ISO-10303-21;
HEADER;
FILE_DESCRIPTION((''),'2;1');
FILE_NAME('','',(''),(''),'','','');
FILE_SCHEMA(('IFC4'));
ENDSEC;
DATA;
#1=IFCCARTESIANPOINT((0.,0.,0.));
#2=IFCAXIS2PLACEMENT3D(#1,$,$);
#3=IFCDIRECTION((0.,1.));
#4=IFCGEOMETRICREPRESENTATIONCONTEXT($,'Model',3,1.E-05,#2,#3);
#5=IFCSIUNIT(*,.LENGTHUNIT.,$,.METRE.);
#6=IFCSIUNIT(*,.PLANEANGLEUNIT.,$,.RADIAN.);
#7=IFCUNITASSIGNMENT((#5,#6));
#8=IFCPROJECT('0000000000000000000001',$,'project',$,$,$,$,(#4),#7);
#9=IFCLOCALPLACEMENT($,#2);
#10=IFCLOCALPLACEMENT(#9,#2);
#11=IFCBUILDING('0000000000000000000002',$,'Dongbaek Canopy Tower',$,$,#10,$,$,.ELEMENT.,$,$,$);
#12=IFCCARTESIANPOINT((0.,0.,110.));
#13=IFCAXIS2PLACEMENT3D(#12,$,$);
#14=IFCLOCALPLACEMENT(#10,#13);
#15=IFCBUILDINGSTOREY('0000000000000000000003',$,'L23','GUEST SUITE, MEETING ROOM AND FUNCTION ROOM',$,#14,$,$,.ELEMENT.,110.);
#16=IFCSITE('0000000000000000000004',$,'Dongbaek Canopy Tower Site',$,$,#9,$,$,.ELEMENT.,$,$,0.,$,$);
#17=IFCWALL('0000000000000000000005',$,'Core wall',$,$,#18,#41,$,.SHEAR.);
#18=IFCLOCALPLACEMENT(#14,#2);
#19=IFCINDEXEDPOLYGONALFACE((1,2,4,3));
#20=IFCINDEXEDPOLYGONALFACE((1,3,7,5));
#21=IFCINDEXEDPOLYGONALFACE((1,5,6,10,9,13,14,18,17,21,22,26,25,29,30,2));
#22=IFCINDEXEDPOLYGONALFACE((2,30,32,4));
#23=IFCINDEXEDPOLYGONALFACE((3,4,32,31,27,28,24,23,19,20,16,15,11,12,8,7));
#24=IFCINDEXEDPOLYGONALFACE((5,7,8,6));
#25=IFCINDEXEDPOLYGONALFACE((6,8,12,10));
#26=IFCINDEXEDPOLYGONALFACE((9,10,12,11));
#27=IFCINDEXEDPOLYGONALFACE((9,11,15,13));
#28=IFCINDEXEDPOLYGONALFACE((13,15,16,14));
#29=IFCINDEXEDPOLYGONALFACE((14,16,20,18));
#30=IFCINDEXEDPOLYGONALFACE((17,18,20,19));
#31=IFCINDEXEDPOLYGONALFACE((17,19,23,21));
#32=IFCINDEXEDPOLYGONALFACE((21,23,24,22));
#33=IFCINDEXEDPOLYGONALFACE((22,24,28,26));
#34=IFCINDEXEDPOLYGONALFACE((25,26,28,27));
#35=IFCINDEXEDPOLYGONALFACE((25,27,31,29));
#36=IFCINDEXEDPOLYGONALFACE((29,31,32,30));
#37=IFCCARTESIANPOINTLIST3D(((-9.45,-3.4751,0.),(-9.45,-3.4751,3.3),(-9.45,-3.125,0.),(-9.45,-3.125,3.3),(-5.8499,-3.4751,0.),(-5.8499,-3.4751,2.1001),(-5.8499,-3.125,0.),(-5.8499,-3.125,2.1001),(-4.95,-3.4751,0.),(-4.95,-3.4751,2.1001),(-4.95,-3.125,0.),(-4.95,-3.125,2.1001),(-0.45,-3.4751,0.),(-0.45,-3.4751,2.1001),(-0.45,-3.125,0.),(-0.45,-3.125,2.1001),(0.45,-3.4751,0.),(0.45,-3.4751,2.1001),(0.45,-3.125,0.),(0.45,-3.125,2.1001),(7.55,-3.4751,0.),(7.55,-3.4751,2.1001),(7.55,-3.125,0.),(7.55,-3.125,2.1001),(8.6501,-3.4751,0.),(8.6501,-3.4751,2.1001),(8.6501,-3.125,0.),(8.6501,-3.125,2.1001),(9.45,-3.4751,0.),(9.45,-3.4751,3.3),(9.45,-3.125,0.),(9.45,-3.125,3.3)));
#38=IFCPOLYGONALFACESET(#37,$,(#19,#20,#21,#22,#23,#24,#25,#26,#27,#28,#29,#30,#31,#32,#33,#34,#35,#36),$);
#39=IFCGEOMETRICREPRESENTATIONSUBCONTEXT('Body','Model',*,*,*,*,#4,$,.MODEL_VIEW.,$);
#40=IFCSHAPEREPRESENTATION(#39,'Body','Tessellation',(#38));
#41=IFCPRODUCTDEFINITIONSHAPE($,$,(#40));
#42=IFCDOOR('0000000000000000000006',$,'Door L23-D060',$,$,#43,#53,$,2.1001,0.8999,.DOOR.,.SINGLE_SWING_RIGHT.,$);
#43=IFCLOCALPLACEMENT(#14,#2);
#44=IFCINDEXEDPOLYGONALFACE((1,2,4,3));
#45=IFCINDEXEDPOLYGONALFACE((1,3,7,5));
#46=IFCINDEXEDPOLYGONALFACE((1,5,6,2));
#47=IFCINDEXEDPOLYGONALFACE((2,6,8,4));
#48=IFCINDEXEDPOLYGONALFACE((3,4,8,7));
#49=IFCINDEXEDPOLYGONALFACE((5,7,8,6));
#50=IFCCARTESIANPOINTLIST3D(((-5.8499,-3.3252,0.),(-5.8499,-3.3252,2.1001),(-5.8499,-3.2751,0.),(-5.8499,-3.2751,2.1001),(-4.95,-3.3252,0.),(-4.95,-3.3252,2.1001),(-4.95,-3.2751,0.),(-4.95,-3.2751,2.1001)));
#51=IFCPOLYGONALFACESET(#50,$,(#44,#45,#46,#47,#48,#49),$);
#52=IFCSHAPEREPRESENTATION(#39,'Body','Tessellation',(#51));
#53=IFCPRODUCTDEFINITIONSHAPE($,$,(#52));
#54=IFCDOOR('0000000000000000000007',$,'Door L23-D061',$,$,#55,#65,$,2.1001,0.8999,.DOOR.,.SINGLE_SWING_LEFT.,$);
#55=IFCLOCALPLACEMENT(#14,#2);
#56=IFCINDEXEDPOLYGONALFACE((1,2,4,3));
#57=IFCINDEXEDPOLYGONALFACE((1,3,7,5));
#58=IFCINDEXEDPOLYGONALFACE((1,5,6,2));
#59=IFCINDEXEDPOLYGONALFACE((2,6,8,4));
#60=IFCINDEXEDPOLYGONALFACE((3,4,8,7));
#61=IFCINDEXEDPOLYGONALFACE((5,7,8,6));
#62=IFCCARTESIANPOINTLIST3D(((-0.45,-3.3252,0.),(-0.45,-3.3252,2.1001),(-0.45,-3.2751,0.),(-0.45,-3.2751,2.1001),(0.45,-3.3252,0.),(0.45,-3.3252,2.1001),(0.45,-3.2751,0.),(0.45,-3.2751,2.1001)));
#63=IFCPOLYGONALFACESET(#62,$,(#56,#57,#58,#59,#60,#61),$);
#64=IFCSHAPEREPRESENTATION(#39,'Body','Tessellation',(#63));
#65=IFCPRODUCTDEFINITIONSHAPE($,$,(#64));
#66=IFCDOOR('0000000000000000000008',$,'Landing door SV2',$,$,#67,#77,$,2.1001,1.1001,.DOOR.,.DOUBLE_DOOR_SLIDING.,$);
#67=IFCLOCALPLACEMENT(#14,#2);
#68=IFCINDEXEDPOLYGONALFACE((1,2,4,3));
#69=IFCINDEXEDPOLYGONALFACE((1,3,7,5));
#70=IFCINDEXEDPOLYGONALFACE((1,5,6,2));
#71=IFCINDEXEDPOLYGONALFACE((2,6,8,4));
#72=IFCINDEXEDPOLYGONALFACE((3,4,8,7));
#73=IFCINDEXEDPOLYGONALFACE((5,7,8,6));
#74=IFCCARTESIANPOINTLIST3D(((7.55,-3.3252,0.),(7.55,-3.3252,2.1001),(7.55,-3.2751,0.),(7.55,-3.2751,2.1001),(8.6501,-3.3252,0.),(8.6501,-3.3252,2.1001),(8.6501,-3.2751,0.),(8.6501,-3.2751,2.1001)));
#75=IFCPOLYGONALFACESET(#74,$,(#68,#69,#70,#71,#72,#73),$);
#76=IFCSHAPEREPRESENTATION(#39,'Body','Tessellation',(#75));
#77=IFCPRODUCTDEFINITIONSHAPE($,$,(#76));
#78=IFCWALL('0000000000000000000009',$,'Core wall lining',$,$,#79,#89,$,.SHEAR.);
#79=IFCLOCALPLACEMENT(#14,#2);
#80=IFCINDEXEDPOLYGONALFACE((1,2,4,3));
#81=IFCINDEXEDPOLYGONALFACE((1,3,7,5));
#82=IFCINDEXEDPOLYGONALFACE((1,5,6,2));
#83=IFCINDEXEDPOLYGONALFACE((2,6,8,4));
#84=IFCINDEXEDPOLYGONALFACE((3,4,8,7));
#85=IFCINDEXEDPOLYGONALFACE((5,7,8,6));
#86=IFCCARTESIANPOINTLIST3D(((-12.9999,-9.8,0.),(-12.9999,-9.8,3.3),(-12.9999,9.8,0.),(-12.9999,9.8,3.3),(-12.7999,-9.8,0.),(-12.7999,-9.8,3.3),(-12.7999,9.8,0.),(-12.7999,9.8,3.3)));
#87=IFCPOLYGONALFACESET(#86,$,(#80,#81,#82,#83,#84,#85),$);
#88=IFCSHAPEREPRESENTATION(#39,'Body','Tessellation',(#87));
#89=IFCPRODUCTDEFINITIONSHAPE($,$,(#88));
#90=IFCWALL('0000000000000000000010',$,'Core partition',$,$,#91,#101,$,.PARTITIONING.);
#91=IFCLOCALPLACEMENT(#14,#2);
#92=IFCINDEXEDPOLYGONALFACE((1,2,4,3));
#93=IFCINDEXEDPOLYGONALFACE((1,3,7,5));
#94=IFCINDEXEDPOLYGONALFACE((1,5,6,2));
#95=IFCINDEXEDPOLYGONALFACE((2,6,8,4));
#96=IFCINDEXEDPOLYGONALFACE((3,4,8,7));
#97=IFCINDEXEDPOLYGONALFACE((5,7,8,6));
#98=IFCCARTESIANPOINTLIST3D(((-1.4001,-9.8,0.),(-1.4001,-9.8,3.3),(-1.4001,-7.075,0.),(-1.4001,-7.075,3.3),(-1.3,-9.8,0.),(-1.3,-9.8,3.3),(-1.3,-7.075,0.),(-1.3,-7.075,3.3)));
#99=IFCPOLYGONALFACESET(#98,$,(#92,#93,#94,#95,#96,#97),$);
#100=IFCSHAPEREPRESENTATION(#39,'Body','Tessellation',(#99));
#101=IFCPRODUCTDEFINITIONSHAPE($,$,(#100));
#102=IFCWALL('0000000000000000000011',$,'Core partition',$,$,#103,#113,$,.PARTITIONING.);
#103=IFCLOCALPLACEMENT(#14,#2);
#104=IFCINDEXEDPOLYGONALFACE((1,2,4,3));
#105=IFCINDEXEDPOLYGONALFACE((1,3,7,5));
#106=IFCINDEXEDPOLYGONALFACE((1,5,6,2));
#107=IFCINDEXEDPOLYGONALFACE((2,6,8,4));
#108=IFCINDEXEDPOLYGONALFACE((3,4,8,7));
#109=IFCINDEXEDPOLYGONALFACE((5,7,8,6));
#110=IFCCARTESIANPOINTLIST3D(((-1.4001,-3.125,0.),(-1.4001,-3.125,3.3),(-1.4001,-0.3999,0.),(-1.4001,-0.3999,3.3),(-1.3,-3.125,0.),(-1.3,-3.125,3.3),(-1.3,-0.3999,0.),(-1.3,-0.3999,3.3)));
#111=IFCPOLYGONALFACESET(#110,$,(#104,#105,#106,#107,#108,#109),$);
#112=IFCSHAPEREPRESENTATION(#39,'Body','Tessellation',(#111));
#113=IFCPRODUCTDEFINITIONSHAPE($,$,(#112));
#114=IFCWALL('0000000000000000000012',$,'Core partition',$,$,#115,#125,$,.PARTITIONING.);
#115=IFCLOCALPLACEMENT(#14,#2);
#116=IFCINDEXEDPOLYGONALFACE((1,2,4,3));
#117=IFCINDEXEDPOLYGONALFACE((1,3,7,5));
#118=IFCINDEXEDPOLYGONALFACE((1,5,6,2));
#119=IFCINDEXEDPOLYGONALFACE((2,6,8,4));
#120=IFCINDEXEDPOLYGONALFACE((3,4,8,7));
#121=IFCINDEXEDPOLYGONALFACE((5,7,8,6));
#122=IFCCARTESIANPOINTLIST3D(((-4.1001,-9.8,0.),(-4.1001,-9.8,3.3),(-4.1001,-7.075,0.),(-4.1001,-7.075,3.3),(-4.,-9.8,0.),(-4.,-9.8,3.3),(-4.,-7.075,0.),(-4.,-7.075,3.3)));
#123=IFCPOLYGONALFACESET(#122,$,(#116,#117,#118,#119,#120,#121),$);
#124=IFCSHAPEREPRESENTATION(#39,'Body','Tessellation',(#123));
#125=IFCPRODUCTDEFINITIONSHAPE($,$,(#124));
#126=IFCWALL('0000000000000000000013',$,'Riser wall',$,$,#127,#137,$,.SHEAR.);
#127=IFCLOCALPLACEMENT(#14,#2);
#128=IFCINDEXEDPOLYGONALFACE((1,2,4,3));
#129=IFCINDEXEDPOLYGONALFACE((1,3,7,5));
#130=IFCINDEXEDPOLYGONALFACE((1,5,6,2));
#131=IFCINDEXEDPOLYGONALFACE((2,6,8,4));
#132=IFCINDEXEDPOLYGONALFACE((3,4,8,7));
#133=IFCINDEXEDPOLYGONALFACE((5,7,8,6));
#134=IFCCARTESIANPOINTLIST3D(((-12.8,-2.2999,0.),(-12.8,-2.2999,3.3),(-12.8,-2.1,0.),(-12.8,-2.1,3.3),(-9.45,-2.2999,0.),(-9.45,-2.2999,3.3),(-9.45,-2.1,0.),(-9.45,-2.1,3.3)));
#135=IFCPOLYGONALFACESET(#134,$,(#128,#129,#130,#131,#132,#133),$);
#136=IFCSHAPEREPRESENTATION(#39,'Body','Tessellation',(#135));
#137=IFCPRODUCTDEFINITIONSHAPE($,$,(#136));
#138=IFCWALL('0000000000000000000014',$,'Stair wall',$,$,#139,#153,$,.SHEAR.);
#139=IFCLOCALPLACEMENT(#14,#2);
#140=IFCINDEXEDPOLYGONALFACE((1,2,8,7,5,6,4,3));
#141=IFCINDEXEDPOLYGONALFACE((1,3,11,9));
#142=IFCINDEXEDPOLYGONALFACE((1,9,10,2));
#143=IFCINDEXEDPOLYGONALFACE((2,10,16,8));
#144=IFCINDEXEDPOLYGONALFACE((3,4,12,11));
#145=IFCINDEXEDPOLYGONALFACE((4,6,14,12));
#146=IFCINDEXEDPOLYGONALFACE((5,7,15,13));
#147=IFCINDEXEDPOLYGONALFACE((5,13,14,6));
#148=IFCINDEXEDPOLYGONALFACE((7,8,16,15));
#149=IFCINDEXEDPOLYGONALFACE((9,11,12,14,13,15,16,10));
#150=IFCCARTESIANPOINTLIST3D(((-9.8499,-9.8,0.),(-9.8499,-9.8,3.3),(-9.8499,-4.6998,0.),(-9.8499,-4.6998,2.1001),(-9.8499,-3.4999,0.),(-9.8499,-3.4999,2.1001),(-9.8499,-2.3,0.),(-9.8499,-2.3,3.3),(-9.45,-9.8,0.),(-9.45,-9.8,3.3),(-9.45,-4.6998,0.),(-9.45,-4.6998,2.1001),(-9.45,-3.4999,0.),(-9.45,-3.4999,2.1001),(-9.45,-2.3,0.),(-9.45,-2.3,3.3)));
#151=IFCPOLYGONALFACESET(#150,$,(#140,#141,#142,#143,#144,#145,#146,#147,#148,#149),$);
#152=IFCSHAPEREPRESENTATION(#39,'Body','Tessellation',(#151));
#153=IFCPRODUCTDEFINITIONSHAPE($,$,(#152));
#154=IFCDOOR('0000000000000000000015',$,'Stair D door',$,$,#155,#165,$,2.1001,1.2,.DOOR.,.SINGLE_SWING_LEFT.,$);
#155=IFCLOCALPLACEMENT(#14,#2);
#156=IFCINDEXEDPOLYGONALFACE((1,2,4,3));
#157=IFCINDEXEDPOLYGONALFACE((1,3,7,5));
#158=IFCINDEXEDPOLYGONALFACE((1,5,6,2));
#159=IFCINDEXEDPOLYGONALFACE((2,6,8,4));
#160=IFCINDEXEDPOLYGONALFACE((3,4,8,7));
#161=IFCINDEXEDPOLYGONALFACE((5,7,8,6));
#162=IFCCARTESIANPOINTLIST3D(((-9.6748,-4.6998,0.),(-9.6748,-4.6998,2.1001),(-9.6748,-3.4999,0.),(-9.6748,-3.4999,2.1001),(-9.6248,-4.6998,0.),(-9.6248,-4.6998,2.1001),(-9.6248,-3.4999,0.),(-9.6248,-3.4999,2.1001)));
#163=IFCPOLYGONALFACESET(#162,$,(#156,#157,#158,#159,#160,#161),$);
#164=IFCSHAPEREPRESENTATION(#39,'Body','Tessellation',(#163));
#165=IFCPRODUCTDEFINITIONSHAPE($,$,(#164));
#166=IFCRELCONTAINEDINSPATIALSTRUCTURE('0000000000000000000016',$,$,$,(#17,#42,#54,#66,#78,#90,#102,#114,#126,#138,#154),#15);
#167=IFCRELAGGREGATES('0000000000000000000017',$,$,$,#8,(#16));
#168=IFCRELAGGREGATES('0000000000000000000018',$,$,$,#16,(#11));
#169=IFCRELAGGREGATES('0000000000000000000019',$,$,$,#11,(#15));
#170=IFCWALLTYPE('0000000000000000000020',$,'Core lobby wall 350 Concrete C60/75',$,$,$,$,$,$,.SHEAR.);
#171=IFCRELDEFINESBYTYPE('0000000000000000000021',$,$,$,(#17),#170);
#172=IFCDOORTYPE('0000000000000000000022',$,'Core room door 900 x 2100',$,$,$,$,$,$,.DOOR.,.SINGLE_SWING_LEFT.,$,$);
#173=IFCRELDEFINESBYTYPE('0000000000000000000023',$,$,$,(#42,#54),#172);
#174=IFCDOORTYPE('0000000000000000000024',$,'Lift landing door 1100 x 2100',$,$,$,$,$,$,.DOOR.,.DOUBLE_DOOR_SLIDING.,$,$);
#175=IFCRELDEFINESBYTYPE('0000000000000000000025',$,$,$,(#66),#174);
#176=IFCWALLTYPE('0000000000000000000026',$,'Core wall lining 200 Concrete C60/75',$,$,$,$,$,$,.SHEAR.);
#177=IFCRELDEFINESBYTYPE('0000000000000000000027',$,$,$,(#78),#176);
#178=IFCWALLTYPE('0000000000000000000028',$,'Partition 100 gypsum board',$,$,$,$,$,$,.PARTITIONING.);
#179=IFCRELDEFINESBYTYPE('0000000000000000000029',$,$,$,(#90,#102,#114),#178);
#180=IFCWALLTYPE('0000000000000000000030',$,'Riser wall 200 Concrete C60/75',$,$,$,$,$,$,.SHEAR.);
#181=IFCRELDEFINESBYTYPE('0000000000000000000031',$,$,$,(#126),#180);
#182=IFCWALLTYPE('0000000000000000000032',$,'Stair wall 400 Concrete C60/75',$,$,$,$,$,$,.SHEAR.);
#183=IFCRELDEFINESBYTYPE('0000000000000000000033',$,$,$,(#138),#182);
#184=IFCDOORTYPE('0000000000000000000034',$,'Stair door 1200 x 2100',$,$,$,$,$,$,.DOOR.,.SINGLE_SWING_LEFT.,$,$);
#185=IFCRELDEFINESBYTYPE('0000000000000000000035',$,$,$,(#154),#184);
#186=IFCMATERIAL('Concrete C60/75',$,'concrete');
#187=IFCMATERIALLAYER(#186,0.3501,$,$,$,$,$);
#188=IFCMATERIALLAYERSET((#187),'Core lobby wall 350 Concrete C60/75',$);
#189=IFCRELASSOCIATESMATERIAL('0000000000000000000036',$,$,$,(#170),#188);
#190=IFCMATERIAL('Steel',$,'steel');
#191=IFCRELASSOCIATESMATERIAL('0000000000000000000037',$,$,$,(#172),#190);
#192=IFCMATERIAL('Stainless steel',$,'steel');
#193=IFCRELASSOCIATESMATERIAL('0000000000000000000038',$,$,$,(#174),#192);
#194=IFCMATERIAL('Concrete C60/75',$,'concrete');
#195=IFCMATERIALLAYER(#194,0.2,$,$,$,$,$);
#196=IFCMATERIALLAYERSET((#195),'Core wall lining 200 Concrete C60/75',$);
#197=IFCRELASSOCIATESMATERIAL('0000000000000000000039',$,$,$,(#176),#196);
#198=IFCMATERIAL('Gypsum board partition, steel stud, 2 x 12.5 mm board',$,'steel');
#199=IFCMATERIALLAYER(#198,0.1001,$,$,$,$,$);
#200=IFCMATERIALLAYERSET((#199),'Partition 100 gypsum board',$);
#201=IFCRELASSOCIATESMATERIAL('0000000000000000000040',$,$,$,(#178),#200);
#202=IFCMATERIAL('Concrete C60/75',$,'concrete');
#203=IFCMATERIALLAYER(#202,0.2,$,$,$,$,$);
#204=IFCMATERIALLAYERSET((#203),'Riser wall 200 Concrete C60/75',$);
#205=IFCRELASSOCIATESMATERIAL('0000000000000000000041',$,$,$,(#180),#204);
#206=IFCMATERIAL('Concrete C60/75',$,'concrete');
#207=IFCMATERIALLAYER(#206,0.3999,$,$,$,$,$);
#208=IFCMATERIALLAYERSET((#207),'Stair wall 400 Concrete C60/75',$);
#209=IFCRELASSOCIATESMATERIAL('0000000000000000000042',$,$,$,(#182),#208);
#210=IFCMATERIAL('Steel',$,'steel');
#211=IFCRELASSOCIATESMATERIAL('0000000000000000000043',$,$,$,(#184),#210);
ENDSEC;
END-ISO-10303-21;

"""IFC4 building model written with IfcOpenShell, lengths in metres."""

from ifc_helpers import new_model, si_unit, direction, frame, frame_2d, origin, place, context, subcontext, project, spatial, rectangle, extrude, material, layer, layer_set, type_object, element, fill, save


model = new_model("IFC4")

# Units and contexts
model_context = context("Model", 3, precision=1e-05, world=origin(), true_north=direction((0.0, 1.0)))
body_context = subcontext(model_context, "Body", "Model", "MODEL_VIEW")
ifc_project = project(units=[si_unit("LENGTHUNIT", "METRE"), si_unit("PLANEANGLEUNIT", "RADIAN")], contexts=[model_context])

# Site, building, storey
site_placement = place(None, origin())
site = spatial("IfcSite", under=ifc_project, at=site_placement, Name="Dongbaek Canopy Tower Site", CompositionType="ELEMENT", RefElevation=0.0)
building_placement = place(site_placement, origin())
building = spatial("IfcBuilding", under=site, at=building_placement, Name="Dongbaek Canopy Tower", CompositionType="ELEMENT")
storey_placement = place(building_placement, frame((0.0, 0.0, 110.0)))
storey = spatial("IfcBuildingStorey", under=building, at=storey_placement, Name="L23", Description="GUEST SUITE, MEETING ROOM AND FUNCTION ROOM", CompositionType="ELEMENT", Elevation=110.0)

# Wall, openings, doors
ifc_material_1 = material(Name="Concrete C60/75", Category="concrete")
ifc_layer_1 = layer(ifc_material_1, 0.3501)
ifc_layer_set_1 = layer_set([ifc_layer_1], Name="Core lobby wall 350 Concrete C60/75")
wall_type_1 = type_object("IfcWallType", Name="Core lobby wall 350 Concrete C60/75", PredefinedType="SHEAR", material=ifc_layer_set_1)
wall_1_placement = place(storey_placement, frame((-9.45, -3.3, 0.0), z_axis=(0.0, 0.0, 1.0), x_axis=(1.0, 0.0, 0.0)))
wall_1 = element("IfcWall", 1, at=wall_1_placement, inside=storey, type_object=wall_type_1, Name="Core wall", PredefinedType="SHEAR", context=body_context, shape_type="SweptSolid", body=[
    extrude(rectangle(XDim=18.8999, YDim=0.3501, at=frame_2d((9.45, 0.0))), origin(), (0.0, 0.0, 1.0), 3.3),
])
opening_1_placement = place(wall_1_placement, frame((17.0, 0.0, 0.0)))
opening_1 = element("IfcOpeningElement", 2, at=opening_1_placement, cuts=wall_1, PredefinedType="OPENING", context=body_context, shape_type="SweptSolid", body=[
    extrude(rectangle(XDim=1.1001, YDim=2.1001, at=frame_2d((0.55, 1.05))), frame((0.0, 0.1851, 0.0), z_axis=(0.0, -1.0, 0.0), x_axis=(1.0, 0.0, 0.0)), (0.0, 0.0, 1.0), 0.3701),
])
opening_2_placement = place(wall_1_placement, frame((3.6001, 0.0, 0.0)))
opening_2 = element("IfcOpeningElement", 3, at=opening_2_placement, cuts=wall_1, PredefinedType="OPENING", context=body_context, shape_type="SweptSolid", body=[
    extrude(rectangle(XDim=0.8999, YDim=2.1001, at=frame_2d((0.45, 1.05))), frame((0.0, 0.1851, 0.0), z_axis=(0.0, -1.0, 0.0), x_axis=(1.0, 0.0, 0.0)), (0.0, 0.0, 1.0), 0.3701),
])
opening_3_placement = place(wall_1_placement, frame((9.0, 0.0, 0.0)))
opening_3 = element("IfcOpeningElement", 4, at=opening_3_placement, cuts=wall_1, PredefinedType="OPENING", context=body_context, shape_type="SweptSolid", body=[
    extrude(rectangle(XDim=0.8999, YDim=2.1001, at=frame_2d((0.45, 1.05))), frame((0.0, 0.1851, 0.0), z_axis=(0.0, -1.0, 0.0), x_axis=(1.0, 0.0, 0.0)), (0.0, 0.0, 1.0), 0.3701),
])
ifc_material_2 = material(Name="Steel", Category="steel")
door_type_1 = type_object("IfcDoorType", Name="Core room door 900 x 2100", OperationType="SINGLE_SWING_LEFT", PredefinedType="DOOR", material=ifc_material_2)
door_1_placement = place(opening_2_placement, origin())
door_1 = element("IfcDoor", 5, at=door_1_placement, inside=storey, type_object=door_type_1, Name="Door L23-D060", OperationType="SINGLE_SWING_RIGHT", OverallHeight=2.1001, OverallWidth=0.8999, PredefinedType="DOOR", context=body_context, shape_type="SweptSolid", body=[
    extrude(rectangle(XDim=0.8999, YDim=2.1001, at=frame_2d((0.45, 1.05))), frame((0.0, 0.0249, 0.0), z_axis=(0.0, -1.0, 0.0), x_axis=(1.0, 0.0, 0.0)), (0.0, 0.0, 1.0), 0.05),
])
fill(opening_2, door_1)
door_2_placement = place(opening_3_placement, origin())
door_2 = element("IfcDoor", 6, at=door_2_placement, inside=storey, type_object=door_type_1, Name="Door L23-D061", OperationType="SINGLE_SWING_LEFT", OverallHeight=2.1001, OverallWidth=0.8999, PredefinedType="DOOR", context=body_context, shape_type="SweptSolid", body=[
    extrude(rectangle(XDim=0.8999, YDim=2.1001, at=frame_2d((0.45, 1.05))), frame((0.0, 0.0249, 0.0), z_axis=(0.0, -1.0, 0.0), x_axis=(1.0, 0.0, 0.0)), (0.0, 0.0, 1.0), 0.05),
])
fill(opening_3, door_2)
ifc_material_3 = material(Name="Stainless steel", Category="steel")
door_type_2 = type_object("IfcDoorType", Name="Lift landing door 1100 x 2100", OperationType="DOUBLE_DOOR_SLIDING", PredefinedType="DOOR", material=ifc_material_3)
door_3_placement = place(opening_1_placement, origin())
door_3 = element("IfcDoor", 7, at=door_3_placement, inside=storey, type_object=door_type_2, Name="Landing door SV2", OperationType="DOUBLE_DOOR_SLIDING", OverallHeight=2.1001, OverallWidth=1.1001, PredefinedType="DOOR", context=body_context, shape_type="SweptSolid", body=[
    extrude(rectangle(XDim=1.1001, YDim=2.1001, at=frame_2d((0.55, 1.05))), frame((0.0, 0.0249, 0.0), z_axis=(0.0, -1.0, 0.0), x_axis=(1.0, 0.0, 0.0)), (0.0, 0.0, 1.0), 0.05),
])
fill(opening_1, door_3)

# Walls
ifc_material_4 = material(Name="Concrete C60/75", Category="concrete")
ifc_layer_2 = layer(ifc_material_4, 0.2)
ifc_layer_set_2 = layer_set([ifc_layer_2], Name="Core wall lining 200 Concrete C60/75")
wall_type_2 = type_object("IfcWallType", Name="Core wall lining 200 Concrete C60/75", PredefinedType="SHEAR", material=ifc_layer_set_2)
wall_2_placement = place(storey_placement, frame((-12.8999, -9.8, 0.0), z_axis=(0.0, 0.0, 1.0), x_axis=(0.0, 1.0, 0.0)))
element("IfcWall", 8, at=wall_2_placement, inside=storey, type_object=wall_type_2, Name="Core wall lining", PredefinedType="SHEAR", context=body_context, shape_type="SweptSolid", body=[
    extrude(rectangle(XDim=19.6001, YDim=0.2, at=frame_2d((9.8, 0.0))), origin(), (0.0, 0.0, 1.0), 3.3),
])
ifc_material_5 = material(Name="Gypsum board partition, steel stud, 2 x 12.5 mm board", Category="steel")
ifc_layer_3 = layer(ifc_material_5, 0.1001)
ifc_layer_set_3 = layer_set([ifc_layer_3], Name="Partition 100 gypsum board")
wall_type_3 = type_object("IfcWallType", Name="Partition 100 gypsum board", PredefinedType="PARTITIONING", material=ifc_layer_set_3)
for number, where, z_axis, x_axis, name in (
    (9, (-1.3501, -9.8, 0.0), (0.0, 0.0, 1.0), (0.0, 1.0, 0.0), "Core partition"),
    (10, (-1.3501, -3.125, 0.0), (0.0, 0.0, 1.0), (0.0, 1.0, 0.0), "Core partition"),
    (11, (-4.05, -9.8, 0.0), (0.0, 0.0, 1.0), (0.0, 1.0, 0.0), "Core partition"),
):
    element("IfcWall", number, at=place(storey_placement, frame(where, z_axis=z_axis, x_axis=x_axis)), inside=storey, type_object=wall_type_3, Name=name, PredefinedType="PARTITIONING", context=body_context, shape_type="SweptSolid", body=[
        extrude(rectangle(XDim=2.7251, YDim=0.1001, at=frame_2d((1.3625, 0.0))), origin(), (0.0, 0.0, 1.0), 3.3),
    ])
ifc_material_6 = material(Name="Concrete C60/75", Category="concrete")
ifc_layer_4 = layer(ifc_material_6, 0.2)
ifc_layer_set_4 = layer_set([ifc_layer_4], Name="Riser wall 200 Concrete C60/75")
wall_type_4 = type_object("IfcWallType", Name="Riser wall 200 Concrete C60/75", PredefinedType="SHEAR", material=ifc_layer_set_4)
wall_3_placement = place(storey_placement, frame((-9.45, -2.2, 0.0), z_axis=(0.0, 0.0, 1.0), x_axis=(-1.0, 0.0, 0.0)))
element("IfcWall", 12, at=wall_3_placement, inside=storey, type_object=wall_type_4, Name="Riser wall", PredefinedType="SHEAR", context=body_context, shape_type="SweptSolid", body=[
    extrude(rectangle(XDim=3.3501, YDim=0.2, at=frame_2d((1.675, 0.0))), origin(), (0.0, 0.0, 1.0), 3.3),
])

# Wall, opening, door
ifc_material_7 = material(Name="Concrete C60/75", Category="concrete")
ifc_layer_5 = layer(ifc_material_7, 0.3999)
ifc_layer_set_5 = layer_set([ifc_layer_5], Name="Stair wall 400 Concrete C60/75")
wall_type_5 = type_object("IfcWallType", Name="Stair wall 400 Concrete C60/75", PredefinedType="SHEAR", material=ifc_layer_set_5)
wall_4_placement = place(storey_placement, frame((-9.6499, -9.8, 0.0), z_axis=(0.0, 0.0, 1.0), x_axis=(0.0, 1.0, 0.0)))
wall_4 = element("IfcWall", 13, at=wall_4_placement, inside=storey, type_object=wall_type_5, Name="Stair wall", PredefinedType="SHEAR", context=body_context, shape_type="SweptSolid", body=[
    extrude(rectangle(XDim=7.5, YDim=0.3999, at=frame_2d((3.75, 0.0))), origin(), (0.0, 0.0, 1.0), 3.3),
])
opening_4_placement = place(wall_4_placement, frame((5.1001, 0.0, 0.0)))
opening_4 = element("IfcOpeningElement", 14, at=opening_4_placement, cuts=wall_4, PredefinedType="OPENING", context=body_context, shape_type="SweptSolid", body=[
    extrude(rectangle(XDim=1.2, YDim=2.1001, at=frame_2d((0.6001, 1.05))), frame((0.0, 0.21, 0.0), z_axis=(0.0, -1.0, 0.0), x_axis=(1.0, 0.0, 0.0)), (0.0, 0.0, 1.0), 0.4199),
])
ifc_material_8 = material(Name="Steel", Category="steel")
door_type_3 = type_object("IfcDoorType", Name="Stair door 1200 x 2100", OperationType="SINGLE_SWING_LEFT", PredefinedType="DOOR", material=ifc_material_8)
door_4_placement = place(opening_4_placement, origin())
door_4 = element("IfcDoor", 15, at=door_4_placement, inside=storey, type_object=door_type_3, Name="Stair D door", OperationType="SINGLE_SWING_LEFT", OverallHeight=2.1001, OverallWidth=1.2, PredefinedType="DOOR", context=body_context, shape_type="SweptSolid", body=[
    extrude(rectangle(XDim=1.2, YDim=2.1001, at=frame_2d((0.6001, 1.05))), frame((0.0, 0.0249, 0.0), z_axis=(0.0, -1.0, 0.0), x_axis=(1.0, 0.0, 0.0)), (0.0, 0.0, 1.0), 0.05),
])
fill(opening_4, door_4)

save(model, "model.ifc")
